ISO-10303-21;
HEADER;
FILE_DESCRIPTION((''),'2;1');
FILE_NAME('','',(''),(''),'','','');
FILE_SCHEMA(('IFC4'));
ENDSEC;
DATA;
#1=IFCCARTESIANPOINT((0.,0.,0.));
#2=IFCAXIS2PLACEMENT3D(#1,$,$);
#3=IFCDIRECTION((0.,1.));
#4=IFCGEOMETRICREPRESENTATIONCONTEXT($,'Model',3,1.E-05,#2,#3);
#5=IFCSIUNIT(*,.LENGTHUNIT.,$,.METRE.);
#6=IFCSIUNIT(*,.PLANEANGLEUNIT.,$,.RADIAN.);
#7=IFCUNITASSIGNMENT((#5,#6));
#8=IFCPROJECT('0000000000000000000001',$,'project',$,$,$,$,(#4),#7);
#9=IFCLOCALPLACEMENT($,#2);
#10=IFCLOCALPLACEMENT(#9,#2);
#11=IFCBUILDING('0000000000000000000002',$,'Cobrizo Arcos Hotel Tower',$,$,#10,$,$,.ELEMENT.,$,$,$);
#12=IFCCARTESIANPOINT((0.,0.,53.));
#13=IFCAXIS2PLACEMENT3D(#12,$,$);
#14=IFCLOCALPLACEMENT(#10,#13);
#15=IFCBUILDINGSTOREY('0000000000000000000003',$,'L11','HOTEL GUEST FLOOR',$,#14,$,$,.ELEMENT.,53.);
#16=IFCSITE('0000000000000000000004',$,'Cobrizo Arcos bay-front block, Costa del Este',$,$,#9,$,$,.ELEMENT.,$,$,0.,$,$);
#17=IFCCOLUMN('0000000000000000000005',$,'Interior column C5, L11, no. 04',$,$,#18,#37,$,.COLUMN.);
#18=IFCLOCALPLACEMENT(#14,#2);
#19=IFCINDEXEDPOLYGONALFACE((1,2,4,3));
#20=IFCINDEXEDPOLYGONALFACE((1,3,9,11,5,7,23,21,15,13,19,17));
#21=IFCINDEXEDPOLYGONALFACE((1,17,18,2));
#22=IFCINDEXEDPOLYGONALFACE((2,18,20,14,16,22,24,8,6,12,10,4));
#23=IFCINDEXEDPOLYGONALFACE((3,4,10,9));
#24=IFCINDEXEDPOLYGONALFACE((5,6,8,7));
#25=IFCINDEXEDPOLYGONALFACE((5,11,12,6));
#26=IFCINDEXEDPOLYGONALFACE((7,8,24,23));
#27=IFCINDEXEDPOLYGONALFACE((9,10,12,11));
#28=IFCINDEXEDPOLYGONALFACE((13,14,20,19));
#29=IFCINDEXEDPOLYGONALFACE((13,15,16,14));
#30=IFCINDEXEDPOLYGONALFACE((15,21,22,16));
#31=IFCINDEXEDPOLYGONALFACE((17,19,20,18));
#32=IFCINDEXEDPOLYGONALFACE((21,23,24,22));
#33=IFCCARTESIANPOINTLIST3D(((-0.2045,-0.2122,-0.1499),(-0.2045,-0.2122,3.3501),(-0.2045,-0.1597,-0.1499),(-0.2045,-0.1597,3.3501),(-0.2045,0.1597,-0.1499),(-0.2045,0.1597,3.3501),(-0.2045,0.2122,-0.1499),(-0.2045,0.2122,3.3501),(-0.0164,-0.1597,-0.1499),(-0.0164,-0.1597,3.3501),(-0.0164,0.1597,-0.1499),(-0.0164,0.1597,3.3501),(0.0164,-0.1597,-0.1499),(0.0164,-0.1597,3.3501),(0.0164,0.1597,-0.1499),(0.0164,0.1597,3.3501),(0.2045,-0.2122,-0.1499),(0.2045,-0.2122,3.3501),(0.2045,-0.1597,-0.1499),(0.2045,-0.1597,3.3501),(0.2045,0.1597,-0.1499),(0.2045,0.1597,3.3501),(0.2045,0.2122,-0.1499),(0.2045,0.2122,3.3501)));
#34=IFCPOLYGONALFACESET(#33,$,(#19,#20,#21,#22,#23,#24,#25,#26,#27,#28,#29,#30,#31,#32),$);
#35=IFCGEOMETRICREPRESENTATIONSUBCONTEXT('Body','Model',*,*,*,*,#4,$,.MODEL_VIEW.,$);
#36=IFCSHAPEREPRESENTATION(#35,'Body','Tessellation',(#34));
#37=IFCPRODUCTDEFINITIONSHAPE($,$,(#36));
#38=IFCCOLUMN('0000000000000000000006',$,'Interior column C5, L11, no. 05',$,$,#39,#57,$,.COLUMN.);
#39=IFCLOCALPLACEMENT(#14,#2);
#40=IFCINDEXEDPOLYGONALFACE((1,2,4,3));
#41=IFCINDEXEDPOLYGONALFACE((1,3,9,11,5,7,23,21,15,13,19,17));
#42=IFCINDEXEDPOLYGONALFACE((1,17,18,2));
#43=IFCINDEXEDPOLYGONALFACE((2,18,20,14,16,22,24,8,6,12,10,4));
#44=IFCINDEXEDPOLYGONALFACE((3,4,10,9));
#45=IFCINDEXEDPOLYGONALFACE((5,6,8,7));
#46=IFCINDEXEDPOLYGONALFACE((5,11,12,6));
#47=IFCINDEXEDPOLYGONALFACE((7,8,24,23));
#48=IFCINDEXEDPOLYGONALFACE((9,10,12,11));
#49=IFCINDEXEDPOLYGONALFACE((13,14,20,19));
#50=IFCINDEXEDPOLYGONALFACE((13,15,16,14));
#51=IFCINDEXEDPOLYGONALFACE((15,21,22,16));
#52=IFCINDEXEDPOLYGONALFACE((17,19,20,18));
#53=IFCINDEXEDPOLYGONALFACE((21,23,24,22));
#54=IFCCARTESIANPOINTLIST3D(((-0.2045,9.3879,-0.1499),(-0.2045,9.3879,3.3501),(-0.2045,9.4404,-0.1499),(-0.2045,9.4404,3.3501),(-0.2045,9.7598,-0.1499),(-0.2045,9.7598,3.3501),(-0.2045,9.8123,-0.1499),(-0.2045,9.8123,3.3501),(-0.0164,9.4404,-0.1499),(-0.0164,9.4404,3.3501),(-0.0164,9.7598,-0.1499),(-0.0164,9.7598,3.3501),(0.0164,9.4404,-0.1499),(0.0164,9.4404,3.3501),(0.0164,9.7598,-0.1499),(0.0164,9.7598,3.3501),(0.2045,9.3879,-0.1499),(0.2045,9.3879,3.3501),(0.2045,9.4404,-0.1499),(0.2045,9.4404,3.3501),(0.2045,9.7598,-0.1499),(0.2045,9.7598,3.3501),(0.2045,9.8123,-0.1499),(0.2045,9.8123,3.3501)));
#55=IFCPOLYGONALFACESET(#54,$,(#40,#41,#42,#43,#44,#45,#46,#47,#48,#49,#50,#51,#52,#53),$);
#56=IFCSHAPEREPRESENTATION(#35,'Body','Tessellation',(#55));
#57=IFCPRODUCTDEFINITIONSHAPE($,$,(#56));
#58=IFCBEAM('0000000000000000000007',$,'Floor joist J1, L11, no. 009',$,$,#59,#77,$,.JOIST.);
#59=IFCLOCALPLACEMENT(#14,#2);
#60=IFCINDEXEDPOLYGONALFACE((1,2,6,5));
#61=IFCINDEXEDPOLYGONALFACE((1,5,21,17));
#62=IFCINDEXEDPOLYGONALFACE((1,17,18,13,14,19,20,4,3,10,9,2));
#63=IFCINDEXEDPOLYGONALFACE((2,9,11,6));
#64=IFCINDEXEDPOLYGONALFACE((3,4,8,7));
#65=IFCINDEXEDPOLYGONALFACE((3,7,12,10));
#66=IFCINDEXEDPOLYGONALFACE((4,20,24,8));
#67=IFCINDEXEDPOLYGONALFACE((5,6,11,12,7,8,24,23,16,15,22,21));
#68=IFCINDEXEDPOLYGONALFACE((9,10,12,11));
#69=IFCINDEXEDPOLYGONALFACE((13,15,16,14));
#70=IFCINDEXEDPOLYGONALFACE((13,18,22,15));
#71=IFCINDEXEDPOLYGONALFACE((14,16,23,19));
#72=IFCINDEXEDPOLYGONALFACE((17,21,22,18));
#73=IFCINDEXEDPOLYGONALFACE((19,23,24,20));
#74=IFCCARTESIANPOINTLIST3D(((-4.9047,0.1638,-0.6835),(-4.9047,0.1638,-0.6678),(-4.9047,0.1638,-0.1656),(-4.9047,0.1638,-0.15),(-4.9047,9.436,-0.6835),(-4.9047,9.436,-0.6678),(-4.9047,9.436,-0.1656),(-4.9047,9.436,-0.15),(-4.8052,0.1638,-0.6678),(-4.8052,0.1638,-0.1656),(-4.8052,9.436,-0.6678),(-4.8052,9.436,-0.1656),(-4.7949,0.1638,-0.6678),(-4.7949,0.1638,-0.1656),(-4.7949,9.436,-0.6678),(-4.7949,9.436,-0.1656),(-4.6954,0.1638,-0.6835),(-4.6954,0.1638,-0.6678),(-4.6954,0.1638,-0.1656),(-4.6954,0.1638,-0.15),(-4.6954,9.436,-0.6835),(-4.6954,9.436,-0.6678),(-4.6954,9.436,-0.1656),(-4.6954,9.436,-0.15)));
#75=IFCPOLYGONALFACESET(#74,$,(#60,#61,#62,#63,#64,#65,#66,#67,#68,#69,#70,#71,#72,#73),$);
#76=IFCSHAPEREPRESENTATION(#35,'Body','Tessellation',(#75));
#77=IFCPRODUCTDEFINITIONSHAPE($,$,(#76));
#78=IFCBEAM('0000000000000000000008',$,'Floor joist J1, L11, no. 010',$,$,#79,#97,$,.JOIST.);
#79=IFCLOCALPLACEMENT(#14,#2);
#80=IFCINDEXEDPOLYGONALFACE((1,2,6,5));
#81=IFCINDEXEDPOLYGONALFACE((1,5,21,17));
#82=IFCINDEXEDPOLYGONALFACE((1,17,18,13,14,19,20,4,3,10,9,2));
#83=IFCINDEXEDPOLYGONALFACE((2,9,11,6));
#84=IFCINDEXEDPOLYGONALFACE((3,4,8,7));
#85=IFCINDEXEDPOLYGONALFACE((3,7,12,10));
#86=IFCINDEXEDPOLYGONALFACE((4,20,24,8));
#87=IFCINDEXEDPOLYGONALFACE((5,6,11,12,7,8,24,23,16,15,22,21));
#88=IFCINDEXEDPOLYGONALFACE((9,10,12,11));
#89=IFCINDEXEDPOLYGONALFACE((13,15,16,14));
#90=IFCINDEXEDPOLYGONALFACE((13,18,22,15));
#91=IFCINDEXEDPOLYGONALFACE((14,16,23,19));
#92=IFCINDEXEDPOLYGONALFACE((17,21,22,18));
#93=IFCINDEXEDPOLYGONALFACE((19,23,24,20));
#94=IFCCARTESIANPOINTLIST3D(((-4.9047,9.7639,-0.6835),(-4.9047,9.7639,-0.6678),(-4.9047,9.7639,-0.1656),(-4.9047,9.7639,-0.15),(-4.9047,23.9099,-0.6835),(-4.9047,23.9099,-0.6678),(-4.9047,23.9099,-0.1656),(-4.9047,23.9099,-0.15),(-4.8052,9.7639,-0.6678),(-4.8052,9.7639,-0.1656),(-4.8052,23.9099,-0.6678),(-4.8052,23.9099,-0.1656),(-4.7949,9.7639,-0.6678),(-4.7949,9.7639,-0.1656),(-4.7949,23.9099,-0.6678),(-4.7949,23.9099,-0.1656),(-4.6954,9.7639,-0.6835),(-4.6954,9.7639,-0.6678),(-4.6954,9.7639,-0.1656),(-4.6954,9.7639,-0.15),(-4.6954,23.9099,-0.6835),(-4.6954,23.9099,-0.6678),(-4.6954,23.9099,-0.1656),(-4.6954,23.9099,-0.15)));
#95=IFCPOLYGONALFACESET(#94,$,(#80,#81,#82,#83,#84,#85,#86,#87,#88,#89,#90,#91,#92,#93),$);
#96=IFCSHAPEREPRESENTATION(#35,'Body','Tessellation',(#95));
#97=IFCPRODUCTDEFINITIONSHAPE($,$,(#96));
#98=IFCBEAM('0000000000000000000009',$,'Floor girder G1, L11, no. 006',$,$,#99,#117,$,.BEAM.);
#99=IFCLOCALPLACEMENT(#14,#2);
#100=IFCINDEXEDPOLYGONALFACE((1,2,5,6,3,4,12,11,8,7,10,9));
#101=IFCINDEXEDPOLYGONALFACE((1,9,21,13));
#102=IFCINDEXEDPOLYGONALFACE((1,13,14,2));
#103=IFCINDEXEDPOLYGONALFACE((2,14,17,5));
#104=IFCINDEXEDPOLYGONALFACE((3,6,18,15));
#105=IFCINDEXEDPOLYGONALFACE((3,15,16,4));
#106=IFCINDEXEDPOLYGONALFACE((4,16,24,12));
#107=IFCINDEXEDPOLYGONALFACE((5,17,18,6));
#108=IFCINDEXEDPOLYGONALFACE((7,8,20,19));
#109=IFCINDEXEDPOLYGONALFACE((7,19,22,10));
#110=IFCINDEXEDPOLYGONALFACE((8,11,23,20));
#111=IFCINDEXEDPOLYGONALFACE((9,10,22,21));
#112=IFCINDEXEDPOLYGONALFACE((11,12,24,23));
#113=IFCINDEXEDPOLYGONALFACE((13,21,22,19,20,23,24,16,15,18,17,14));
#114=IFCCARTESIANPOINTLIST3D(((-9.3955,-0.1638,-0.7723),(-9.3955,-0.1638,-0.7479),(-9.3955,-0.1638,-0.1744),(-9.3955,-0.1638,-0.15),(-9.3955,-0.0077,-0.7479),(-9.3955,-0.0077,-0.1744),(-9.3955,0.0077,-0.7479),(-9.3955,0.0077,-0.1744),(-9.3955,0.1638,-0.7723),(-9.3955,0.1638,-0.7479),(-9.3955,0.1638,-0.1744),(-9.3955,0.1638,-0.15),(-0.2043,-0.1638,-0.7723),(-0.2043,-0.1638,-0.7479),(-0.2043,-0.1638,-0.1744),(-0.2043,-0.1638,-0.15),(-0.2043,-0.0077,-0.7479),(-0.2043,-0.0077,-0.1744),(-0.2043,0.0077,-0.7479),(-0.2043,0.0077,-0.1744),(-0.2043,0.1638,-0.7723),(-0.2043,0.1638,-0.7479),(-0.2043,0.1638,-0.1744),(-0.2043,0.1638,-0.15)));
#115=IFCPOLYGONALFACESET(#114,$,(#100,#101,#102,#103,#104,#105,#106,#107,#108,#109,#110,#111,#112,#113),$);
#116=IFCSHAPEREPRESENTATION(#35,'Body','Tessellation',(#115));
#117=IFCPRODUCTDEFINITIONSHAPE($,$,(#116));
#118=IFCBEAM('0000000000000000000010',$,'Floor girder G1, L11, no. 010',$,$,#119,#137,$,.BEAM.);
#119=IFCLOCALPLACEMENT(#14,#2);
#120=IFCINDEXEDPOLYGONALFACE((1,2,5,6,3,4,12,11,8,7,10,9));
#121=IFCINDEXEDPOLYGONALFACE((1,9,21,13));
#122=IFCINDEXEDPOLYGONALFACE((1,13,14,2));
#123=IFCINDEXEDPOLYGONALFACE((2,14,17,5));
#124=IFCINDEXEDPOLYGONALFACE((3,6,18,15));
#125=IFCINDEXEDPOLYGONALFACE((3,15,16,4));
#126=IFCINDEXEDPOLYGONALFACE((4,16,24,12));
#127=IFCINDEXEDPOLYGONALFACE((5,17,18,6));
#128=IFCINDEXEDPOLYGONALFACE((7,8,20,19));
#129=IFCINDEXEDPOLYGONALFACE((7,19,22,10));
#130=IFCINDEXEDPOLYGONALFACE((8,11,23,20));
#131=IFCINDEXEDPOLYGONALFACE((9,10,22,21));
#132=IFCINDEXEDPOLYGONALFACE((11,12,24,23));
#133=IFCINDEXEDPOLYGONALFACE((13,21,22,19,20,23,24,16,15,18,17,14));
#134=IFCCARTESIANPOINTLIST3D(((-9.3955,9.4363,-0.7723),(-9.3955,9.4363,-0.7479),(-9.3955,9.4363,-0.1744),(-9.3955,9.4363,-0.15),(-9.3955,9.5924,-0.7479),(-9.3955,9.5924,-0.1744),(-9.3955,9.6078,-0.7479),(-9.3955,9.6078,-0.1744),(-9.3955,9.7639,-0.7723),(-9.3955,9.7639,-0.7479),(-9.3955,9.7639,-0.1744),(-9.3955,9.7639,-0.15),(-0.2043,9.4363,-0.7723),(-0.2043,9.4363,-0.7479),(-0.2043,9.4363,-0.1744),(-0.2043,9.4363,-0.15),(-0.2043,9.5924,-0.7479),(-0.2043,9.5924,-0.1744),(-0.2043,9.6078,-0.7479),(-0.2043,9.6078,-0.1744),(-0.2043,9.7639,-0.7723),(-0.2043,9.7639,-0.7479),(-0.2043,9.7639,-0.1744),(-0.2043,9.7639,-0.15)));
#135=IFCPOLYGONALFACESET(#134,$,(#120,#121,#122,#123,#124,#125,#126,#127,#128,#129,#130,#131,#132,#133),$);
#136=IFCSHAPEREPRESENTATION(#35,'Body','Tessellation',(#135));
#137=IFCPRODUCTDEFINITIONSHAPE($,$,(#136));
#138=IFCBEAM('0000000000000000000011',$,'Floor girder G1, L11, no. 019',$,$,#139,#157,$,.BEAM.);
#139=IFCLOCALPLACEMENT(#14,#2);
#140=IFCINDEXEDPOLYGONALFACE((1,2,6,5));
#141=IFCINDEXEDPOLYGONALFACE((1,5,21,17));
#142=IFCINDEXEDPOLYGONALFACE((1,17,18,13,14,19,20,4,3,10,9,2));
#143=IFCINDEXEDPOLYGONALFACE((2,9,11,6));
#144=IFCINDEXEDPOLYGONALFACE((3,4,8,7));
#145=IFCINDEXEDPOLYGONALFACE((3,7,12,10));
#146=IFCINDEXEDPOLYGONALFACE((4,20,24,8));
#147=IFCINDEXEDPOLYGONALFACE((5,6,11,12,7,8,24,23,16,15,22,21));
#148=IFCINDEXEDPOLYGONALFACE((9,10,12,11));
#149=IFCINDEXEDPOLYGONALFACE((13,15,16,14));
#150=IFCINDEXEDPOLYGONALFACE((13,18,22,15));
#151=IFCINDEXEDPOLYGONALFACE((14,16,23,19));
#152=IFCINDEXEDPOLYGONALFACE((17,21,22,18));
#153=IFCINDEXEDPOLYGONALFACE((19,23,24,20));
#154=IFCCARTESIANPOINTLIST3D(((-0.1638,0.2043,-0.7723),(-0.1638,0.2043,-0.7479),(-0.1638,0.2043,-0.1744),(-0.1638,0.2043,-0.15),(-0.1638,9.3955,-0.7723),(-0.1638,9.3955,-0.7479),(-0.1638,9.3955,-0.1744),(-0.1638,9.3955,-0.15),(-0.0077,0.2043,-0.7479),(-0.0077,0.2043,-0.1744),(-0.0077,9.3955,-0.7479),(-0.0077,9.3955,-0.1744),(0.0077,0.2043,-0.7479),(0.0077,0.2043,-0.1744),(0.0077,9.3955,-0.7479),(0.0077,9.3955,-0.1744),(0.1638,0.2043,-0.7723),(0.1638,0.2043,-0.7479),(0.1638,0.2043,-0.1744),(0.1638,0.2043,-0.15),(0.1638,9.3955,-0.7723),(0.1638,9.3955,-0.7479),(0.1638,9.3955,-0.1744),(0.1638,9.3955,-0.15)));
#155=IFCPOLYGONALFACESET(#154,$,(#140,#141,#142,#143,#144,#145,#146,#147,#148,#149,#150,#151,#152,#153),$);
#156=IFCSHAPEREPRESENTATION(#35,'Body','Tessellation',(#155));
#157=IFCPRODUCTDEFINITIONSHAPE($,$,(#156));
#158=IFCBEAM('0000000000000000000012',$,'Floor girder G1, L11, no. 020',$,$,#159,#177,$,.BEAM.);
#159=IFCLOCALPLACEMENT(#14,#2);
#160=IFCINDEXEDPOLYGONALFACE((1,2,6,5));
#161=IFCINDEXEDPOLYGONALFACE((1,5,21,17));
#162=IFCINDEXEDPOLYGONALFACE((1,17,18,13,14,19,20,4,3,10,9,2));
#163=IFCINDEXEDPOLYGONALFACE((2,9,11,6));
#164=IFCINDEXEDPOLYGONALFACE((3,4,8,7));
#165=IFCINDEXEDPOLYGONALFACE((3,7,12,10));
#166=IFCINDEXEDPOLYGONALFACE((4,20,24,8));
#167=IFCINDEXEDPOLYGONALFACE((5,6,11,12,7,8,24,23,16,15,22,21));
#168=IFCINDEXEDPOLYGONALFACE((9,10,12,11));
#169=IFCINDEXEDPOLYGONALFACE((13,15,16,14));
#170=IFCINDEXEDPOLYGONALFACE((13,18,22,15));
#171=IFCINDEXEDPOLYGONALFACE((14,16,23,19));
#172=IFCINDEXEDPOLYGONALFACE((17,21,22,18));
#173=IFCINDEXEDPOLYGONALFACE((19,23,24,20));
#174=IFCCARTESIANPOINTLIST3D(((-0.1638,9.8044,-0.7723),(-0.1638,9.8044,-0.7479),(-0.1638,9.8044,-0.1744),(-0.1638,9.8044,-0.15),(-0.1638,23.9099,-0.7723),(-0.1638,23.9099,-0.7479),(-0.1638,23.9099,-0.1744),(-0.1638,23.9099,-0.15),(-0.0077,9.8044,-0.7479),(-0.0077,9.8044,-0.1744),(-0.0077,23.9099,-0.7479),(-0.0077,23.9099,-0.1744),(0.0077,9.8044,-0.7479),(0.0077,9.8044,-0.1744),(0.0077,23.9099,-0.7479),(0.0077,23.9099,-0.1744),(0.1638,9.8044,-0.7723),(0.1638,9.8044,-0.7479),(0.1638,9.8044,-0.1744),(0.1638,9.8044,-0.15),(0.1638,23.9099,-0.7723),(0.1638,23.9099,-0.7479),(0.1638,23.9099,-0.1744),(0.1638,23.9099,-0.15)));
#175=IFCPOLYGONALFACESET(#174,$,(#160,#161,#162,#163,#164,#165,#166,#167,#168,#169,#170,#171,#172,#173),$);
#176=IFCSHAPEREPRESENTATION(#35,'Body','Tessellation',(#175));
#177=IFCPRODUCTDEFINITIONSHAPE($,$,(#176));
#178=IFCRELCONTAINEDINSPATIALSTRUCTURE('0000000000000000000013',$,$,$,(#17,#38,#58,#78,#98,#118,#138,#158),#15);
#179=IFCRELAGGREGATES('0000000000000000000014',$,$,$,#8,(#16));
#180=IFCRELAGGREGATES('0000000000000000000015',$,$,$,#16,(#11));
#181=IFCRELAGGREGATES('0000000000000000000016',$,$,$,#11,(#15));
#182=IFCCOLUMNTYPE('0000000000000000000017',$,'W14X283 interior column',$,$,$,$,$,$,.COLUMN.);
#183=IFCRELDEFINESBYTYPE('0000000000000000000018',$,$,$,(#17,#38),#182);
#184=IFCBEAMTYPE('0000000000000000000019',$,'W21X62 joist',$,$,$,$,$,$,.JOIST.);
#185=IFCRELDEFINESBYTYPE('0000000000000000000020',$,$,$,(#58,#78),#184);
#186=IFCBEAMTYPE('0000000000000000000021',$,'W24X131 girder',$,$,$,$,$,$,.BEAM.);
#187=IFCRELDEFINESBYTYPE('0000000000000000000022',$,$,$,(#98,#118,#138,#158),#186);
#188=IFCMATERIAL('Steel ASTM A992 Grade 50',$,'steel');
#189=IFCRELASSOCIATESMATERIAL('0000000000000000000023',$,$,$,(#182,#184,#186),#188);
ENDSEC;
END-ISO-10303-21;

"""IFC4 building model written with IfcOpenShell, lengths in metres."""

from ifc_helpers import new_model, si_unit, direction, frame, origin, origin_2d, place, context, subcontext, project, spatial, i_section, extrude, material, material_profile, profile_set, type_object, element, save


model = new_model("IFC4")

# Units and contexts
model_context = context("Model", 3, precision=1e-05, world=origin(), true_north=direction((0.0, 1.0)))
body_context = subcontext(model_context, "Body", "Model", "MODEL_VIEW")
ifc_project = project(units=[si_unit("LENGTHUNIT", "METRE"), si_unit("PLANEANGLEUNIT", "RADIAN")], contexts=[model_context])

# Site, building, storey
site_placement = place(None, origin())
site = spatial("IfcSite", under=ifc_project, at=site_placement, Name="Cobrizo Arcos bay-front block, Costa del Este", CompositionType="ELEMENT", RefElevation=0.0)
building_placement = place(site_placement, origin())
building = spatial("IfcBuilding", under=site, at=building_placement, Name="Cobrizo Arcos Hotel Tower", CompositionType="ELEMENT")
storey_placement = place(building_placement, frame((0.0, 0.0, 53.0)))
storey = spatial("IfcBuildingStorey", under=building, at=storey_placement, Name="L11", Description="HOTEL GUEST FLOOR", CompositionType="ELEMENT", Elevation=53.0)

# Columns
ifc_material_1 = material(Name="Steel ASTM A992 Grade 50", Category="steel")
ifc_material_profile_1 = material_profile(ifc_material_1, i_section(OverallWidth=0.4089, OverallDepth=0.4243, WebThickness=0.0327, FlangeThickness=0.0525, at=origin_2d()), Name="W14X283")
ifc_profile_set_1 = profile_set([ifc_material_profile_1], Name="Steel ASTM A992 Grade 50")
column_type = type_object("IfcColumnType", Name="W14X283 interior column", PredefinedType="COLUMN", material=ifc_profile_set_1)
for number, where, z_axis, x_axis, name in (
    (1, (0.0, 0.0, -0.1499), (0.0, 0.0, 1.0), (1.0, 0.0, 0.0), "Interior column C5, L11, no. 04"),
    (2, (0.0, 9.6001, -0.1499), (0.0, 0.0, 1.0), (1.0, 0.0, 0.0), "Interior column C5, L11, no. 05"),
):
    element("IfcColumn", number, at=place(storey_placement, frame(where, z_axis=z_axis, x_axis=x_axis)), inside=storey, type_object=column_type, Name=name, PredefinedType="COLUMN", context=body_context, shape_type="SweptSolid", body=[
        extrude(i_section(OverallWidth=0.4089, OverallDepth=0.4243, WebThickness=0.0327, FlangeThickness=0.0525, at=origin_2d()), origin(), (0.0, 0.0, 1.0), 3.5),
    ])

# Beams
ifc_material_profile_2 = material_profile(ifc_material_1, i_section(OverallWidth=0.2092, OverallDepth=0.5334, WebThickness=0.0103, FlangeThickness=0.0156, at=origin_2d()), Name="W21X62")
ifc_profile_set_2 = profile_set([ifc_material_profile_2], Name="Steel ASTM A992 Grade 50")
beam_type_1 = type_object("IfcBeamType", Name="W21X62 joist", PredefinedType="JOIST", material=ifc_profile_set_2)
beam_1_placement = place(storey_placement, frame((-4.8, 0.1638, -0.4167), z_axis=(0.0, 1.0, 0.0), x_axis=(-1.0, 0.0, 0.0)))
element("IfcBeam", 3, at=beam_1_placement, inside=storey, type_object=beam_type_1, Name="Floor joist J1, L11, no. 009", PredefinedType="JOIST", context=body_context, shape_type="SweptSolid", body=[
    extrude(i_section(OverallWidth=0.2092, OverallDepth=0.5334, WebThickness=0.0103, FlangeThickness=0.0156, at=origin_2d()), origin(), (0.0, 0.0, 1.0), 9.2722),
])
beam_2_placement = place(storey_placement, frame((-4.8, 9.7639, -0.4167), z_axis=(0.0, 1.0, 0.0), x_axis=(-1.0, 0.0, 0.0)))
element("IfcBeam", 4, at=beam_2_placement, inside=storey, type_object=beam_type_1, Name="Floor joist J1, L11, no. 010", PredefinedType="JOIST", context=body_context, shape_type="SweptSolid", body=[
    extrude(i_section(OverallWidth=0.2092, OverallDepth=0.5334, WebThickness=0.0103, FlangeThickness=0.0156, at=origin_2d()), origin(), (0.0, 0.0, 1.0), 14.146),
])
ifc_material_profile_3 = material_profile(ifc_material_1, i_section(OverallWidth=0.3276, OverallDepth=0.6223, WebThickness=0.0154, FlangeThickness=0.0244, at=origin_2d()), Name="W24X131")
ifc_profile_set_3 = profile_set([ifc_material_profile_3], Name="Steel ASTM A992 Grade 50")
beam_type_2 = type_object("IfcBeamType", Name="W24X131 girder", PredefinedType="BEAM", material=ifc_profile_set_3)
for number, where, z_axis, x_axis, name in (
    (5, (-9.3955, 0.0, -0.4612), (1.0, 0.0, 0.0), (0.0, 1.0, 0.0), "Floor girder G1, L11, no. 006"),
    (6, (-9.3955, 9.6001, -0.4612), (1.0, 0.0, 0.0), (0.0, 1.0, 0.0), "Floor girder G1, L11, no. 010"),
    (7, (0.0, 0.2043, -0.4612), (0.0, 1.0, 0.0), (-1.0, 0.0, 0.0), "Floor girder G1, L11, no. 019"),
):
    element("IfcBeam", number, at=place(storey_placement, frame(where, z_axis=z_axis, x_axis=x_axis)), inside=storey, type_object=beam_type_2, Name=name, PredefinedType="BEAM", context=body_context, shape_type="SweptSolid", body=[
        extrude(i_section(OverallWidth=0.3276, OverallDepth=0.6223, WebThickness=0.0154, FlangeThickness=0.0244, at=origin_2d()), origin(), (0.0, 0.0, 1.0), 9.1912),
    ])
beam_3_placement = place(storey_placement, frame((0.0, 9.8044, -0.4612), z_axis=(0.0, 1.0, 0.0), x_axis=(-1.0, 0.0, 0.0)))
element("IfcBeam", 8, at=beam_3_placement, inside=storey, type_object=beam_type_2, Name="Floor girder G1, L11, no. 020", PredefinedType="BEAM", context=body_context, shape_type="SweptSolid", body=[
    extrude(i_section(OverallWidth=0.3276, OverallDepth=0.6223, WebThickness=0.0154, FlangeThickness=0.0244, at=origin_2d()), origin(), (0.0, 0.0, 1.0), 14.1055),
])

save(model, "model.ifc")
